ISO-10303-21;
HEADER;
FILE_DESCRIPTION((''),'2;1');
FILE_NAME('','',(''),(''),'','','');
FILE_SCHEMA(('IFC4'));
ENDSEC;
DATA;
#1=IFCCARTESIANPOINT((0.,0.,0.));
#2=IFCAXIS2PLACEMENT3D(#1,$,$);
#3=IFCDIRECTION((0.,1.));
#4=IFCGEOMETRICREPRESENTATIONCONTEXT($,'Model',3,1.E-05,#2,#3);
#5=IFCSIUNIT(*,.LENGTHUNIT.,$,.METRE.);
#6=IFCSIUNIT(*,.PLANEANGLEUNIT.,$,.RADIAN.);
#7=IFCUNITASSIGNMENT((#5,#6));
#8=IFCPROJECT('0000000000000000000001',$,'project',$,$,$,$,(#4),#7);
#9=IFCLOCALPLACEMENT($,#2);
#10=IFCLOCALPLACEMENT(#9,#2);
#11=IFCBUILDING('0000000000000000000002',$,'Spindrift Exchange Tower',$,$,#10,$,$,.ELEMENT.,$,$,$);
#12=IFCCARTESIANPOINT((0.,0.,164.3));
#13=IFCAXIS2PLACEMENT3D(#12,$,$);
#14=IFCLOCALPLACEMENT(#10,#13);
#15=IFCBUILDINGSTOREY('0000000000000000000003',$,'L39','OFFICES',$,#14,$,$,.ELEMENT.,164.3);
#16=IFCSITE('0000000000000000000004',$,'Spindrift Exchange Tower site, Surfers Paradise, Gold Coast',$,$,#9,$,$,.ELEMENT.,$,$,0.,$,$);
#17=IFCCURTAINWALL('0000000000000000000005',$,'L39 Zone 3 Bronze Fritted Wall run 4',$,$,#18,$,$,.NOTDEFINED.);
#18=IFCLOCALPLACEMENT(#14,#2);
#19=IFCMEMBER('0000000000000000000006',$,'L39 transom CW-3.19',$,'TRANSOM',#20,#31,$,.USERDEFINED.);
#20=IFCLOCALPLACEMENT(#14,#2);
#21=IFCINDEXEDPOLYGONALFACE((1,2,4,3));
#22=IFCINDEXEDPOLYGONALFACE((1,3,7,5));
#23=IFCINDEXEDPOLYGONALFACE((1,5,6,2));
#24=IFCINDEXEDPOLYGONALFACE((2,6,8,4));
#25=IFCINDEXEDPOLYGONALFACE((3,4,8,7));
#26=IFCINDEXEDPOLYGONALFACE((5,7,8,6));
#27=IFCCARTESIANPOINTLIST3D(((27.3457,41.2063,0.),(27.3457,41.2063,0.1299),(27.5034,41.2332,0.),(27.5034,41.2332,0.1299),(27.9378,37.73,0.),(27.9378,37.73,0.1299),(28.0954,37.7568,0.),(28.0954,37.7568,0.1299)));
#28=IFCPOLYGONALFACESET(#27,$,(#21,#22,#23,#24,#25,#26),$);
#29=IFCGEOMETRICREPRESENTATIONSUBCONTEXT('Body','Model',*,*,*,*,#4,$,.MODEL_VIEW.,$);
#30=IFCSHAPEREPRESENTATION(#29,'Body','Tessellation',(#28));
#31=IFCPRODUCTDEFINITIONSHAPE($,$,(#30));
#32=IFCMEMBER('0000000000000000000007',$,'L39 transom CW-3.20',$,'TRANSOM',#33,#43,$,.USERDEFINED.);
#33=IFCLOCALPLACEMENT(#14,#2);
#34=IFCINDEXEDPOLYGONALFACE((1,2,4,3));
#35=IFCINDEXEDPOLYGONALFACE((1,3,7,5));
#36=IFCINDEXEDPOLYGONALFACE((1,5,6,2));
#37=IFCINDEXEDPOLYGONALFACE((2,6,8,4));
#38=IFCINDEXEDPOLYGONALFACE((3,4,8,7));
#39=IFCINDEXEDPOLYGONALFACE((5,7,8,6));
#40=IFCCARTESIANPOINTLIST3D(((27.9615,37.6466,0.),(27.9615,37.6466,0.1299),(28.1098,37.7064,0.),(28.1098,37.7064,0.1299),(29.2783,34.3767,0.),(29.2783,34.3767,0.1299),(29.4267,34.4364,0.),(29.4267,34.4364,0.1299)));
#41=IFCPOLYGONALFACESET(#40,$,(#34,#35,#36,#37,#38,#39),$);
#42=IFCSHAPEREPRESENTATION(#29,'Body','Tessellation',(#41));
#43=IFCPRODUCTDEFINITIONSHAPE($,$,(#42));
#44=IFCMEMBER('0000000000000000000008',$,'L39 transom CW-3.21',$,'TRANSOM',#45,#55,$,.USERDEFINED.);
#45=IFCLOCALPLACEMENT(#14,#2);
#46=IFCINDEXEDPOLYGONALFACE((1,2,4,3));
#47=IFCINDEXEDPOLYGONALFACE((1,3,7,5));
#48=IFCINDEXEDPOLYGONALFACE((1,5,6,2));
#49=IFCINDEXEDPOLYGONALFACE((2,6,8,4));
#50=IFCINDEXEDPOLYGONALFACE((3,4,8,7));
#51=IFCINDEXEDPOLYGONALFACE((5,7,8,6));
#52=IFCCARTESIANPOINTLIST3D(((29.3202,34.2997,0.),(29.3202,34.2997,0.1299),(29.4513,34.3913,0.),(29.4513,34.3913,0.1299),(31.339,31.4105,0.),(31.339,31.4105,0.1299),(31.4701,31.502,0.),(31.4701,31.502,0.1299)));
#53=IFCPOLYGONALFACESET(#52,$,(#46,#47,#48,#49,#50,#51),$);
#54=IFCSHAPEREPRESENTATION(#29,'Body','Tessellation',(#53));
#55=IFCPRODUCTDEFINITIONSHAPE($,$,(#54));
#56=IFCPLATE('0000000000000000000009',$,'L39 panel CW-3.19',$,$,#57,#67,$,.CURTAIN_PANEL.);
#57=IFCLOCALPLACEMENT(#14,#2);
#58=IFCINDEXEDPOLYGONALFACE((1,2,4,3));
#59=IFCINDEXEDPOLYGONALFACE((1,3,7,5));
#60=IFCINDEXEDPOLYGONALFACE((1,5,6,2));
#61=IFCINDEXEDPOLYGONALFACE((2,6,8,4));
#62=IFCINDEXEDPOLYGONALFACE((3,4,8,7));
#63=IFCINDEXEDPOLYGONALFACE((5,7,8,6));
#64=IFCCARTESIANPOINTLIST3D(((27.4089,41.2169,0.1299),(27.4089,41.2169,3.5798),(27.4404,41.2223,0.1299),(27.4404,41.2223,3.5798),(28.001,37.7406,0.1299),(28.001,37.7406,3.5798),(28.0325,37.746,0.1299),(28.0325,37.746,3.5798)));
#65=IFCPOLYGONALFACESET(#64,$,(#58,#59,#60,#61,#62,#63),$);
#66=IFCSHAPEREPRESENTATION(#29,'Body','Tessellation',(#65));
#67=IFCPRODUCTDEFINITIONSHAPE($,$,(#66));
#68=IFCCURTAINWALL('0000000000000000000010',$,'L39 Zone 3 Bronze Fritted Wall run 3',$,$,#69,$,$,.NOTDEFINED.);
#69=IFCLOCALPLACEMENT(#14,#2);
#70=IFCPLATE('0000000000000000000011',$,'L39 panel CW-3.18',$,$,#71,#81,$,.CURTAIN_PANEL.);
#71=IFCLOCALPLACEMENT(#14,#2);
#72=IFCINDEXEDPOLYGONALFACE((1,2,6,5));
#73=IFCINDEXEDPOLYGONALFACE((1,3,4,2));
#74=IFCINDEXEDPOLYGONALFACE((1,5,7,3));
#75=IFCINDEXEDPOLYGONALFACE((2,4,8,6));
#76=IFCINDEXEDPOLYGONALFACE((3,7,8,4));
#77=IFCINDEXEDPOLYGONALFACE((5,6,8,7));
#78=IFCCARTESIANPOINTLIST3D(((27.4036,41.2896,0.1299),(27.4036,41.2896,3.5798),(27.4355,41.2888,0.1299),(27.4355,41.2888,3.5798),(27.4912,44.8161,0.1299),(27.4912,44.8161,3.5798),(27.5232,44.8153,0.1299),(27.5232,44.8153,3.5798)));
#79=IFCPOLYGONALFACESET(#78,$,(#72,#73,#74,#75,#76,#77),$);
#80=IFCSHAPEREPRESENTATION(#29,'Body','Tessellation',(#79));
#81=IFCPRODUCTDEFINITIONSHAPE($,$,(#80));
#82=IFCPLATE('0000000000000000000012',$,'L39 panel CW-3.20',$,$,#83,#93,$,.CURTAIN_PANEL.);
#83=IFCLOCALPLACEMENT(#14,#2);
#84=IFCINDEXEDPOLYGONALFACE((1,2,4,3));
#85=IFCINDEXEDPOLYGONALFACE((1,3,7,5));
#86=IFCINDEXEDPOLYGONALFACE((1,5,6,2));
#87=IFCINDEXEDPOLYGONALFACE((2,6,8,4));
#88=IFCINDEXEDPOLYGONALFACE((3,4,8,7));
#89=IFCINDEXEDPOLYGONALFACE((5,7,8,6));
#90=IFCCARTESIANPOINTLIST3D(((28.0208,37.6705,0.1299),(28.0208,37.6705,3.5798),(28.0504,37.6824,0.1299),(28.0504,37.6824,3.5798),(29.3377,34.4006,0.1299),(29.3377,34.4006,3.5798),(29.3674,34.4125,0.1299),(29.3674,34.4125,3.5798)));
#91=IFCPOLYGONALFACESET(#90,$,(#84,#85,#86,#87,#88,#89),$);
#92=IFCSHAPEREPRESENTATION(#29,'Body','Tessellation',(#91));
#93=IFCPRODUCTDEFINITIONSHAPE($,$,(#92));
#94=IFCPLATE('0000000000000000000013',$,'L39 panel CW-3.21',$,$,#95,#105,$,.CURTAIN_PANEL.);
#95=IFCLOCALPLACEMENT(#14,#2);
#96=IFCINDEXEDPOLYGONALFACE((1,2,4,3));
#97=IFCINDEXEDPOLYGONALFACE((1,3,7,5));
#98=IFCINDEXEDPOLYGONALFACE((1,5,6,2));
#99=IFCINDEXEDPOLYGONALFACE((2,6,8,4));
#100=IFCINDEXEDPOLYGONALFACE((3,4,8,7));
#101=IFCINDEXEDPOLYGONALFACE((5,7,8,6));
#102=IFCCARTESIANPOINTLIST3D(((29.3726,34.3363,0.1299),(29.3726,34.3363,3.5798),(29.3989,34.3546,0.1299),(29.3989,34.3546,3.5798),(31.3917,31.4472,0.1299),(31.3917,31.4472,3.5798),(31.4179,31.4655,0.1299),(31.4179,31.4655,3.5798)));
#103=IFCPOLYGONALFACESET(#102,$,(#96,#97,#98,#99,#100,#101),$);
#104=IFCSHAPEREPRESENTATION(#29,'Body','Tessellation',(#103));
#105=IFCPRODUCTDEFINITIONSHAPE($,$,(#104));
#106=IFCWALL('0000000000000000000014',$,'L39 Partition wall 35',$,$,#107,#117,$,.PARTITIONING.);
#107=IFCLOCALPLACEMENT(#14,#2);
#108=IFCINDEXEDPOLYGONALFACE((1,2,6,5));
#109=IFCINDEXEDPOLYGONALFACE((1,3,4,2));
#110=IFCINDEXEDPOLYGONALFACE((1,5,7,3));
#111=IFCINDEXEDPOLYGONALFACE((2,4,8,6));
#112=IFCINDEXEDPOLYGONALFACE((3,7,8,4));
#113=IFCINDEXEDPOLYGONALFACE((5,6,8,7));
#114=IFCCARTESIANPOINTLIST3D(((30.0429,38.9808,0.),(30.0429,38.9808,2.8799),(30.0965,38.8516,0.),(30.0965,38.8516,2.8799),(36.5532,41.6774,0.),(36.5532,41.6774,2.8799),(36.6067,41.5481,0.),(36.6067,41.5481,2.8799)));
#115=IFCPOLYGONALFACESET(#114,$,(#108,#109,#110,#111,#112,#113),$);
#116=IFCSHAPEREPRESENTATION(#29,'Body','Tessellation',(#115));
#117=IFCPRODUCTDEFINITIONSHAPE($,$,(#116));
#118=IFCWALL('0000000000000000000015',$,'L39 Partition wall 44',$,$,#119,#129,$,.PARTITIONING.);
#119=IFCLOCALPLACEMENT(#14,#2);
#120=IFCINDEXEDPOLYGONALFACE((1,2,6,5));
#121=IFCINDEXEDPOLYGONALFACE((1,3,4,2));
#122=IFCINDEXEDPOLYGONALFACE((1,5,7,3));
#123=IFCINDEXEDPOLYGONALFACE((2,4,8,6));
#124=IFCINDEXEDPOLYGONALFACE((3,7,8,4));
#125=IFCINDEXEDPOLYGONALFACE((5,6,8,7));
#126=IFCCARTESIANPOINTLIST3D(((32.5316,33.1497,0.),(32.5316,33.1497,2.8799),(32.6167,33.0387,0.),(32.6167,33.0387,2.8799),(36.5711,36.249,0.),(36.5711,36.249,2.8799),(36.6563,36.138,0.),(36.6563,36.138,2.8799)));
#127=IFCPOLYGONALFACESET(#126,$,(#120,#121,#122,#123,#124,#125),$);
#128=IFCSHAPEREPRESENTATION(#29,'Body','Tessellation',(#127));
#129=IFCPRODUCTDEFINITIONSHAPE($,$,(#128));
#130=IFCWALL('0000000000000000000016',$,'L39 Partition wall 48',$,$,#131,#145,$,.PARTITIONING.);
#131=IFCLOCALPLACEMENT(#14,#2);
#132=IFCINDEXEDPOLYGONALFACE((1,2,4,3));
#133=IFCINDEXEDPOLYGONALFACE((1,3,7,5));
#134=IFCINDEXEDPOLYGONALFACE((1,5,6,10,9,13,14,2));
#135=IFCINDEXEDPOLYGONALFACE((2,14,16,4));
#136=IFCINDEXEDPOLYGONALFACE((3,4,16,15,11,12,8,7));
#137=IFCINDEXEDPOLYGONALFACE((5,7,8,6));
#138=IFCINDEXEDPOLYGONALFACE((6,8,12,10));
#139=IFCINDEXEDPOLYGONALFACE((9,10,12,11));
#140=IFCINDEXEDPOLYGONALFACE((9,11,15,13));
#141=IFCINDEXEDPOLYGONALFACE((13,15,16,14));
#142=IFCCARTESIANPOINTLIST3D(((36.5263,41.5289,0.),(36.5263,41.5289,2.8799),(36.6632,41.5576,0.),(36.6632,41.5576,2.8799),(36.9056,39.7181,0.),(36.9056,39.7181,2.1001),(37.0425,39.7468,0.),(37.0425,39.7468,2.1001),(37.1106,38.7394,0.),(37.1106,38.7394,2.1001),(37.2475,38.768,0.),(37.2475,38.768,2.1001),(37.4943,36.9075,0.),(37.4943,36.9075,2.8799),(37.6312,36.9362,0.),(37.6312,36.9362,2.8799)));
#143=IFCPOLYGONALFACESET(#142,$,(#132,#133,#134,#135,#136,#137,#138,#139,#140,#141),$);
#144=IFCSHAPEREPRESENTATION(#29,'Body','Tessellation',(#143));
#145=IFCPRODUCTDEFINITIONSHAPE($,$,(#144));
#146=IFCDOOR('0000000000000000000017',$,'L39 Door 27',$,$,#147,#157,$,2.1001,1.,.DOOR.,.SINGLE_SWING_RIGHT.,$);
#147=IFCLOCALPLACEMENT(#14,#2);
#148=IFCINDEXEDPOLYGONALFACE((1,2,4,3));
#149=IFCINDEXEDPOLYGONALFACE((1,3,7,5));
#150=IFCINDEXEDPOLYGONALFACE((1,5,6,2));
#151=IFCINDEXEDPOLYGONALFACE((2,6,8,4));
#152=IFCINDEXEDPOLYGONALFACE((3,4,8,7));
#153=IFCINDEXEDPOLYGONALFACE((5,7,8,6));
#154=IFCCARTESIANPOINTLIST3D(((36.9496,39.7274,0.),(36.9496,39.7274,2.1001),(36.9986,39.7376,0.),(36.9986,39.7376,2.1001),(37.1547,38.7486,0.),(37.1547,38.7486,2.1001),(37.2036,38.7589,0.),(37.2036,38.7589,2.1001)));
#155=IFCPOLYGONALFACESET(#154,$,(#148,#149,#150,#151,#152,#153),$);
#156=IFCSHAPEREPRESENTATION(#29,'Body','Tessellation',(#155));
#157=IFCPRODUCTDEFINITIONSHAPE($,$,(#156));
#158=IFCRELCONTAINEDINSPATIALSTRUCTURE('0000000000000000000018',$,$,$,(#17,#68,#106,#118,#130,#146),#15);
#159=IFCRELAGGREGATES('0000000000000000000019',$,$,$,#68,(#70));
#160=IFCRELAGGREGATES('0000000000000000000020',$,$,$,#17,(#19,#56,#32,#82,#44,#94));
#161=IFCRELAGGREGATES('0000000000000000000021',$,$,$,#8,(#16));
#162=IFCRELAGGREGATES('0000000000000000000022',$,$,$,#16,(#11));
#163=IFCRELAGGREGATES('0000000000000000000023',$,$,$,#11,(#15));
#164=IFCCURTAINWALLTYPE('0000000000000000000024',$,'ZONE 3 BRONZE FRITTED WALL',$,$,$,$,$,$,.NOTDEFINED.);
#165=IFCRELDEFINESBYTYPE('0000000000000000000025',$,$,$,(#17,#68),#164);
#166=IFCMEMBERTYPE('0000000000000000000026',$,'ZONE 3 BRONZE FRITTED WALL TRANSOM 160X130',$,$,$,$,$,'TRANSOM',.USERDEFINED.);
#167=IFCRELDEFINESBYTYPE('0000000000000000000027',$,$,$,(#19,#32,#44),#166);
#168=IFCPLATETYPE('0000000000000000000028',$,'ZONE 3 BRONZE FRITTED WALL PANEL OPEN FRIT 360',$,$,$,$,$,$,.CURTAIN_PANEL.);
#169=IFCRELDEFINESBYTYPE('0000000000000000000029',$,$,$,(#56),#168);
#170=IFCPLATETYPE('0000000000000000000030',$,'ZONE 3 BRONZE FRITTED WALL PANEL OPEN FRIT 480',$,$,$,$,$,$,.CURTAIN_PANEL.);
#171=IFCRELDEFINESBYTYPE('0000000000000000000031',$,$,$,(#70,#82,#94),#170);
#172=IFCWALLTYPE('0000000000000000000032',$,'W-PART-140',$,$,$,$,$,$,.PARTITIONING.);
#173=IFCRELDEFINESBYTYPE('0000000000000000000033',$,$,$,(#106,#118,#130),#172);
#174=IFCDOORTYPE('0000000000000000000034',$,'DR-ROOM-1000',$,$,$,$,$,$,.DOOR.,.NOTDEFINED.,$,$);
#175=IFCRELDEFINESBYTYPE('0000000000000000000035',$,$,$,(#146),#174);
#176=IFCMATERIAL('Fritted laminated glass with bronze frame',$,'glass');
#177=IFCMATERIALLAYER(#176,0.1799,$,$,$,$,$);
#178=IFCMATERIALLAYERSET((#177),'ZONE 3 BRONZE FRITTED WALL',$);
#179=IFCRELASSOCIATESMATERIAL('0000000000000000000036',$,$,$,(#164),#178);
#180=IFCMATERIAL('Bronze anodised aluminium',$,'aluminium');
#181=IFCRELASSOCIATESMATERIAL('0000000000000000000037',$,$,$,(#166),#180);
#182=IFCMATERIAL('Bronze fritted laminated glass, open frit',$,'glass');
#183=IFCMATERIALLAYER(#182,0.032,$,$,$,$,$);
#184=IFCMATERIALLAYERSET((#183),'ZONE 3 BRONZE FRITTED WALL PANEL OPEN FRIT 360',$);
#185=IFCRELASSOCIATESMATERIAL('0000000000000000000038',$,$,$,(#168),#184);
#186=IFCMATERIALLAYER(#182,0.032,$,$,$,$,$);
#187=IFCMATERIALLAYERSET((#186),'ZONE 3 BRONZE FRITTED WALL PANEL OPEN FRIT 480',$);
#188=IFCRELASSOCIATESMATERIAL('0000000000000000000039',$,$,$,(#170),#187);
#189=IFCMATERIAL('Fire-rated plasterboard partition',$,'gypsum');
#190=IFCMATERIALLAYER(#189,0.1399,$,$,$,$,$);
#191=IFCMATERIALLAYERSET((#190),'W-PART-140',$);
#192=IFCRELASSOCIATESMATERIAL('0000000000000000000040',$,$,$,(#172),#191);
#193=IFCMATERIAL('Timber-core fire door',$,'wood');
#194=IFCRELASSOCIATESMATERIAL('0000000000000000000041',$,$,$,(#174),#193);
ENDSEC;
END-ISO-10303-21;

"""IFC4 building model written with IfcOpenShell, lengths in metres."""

from ifc_helpers import new_model, si_unit, direction, frame, frame_2d, origin, origin_2d, place, context, subcontext, project, spatial, rectangle, extrude, source, transform, mapped, material, layer, layer_set, material_profile, profile_set, type_object, element, fill, aggregate, save


model = new_model("IFC4")

# Units and contexts
model_context = context("Model", 3, precision=1e-05, world=origin(), true_north=direction((0.0, 1.0)))
body_context = subcontext(model_context, "Body", "Model", "MODEL_VIEW")
ifc_project = project(units=[si_unit("LENGTHUNIT", "METRE"), si_unit("PLANEANGLEUNIT", "RADIAN")], contexts=[model_context])

# Site, building, storey
site_placement = place(None, origin())
site = spatial("IfcSite", under=ifc_project, at=site_placement, Name="Spindrift Exchange Tower site, Surfers Paradise, Gold Coast", CompositionType="ELEMENT", RefElevation=0.0)
building_placement = place(site_placement, origin())
building = spatial("IfcBuilding", under=site, at=building_placement, Name="Spindrift Exchange Tower", CompositionType="ELEMENT")
storey_placement = place(building_placement, frame((0.0, 0.0, 164.3)))
storey = spatial("IfcBuildingStorey", under=building, at=storey_placement, Name="L39", Description="OFFICES", CompositionType="ELEMENT", Elevation=164.3)

# Curtain wall, members, plate
ifc_material_1 = material(Name="Fritted laminated glass with bronze frame", Category="glass")
ifc_layer_1 = layer(ifc_material_1, 0.1799)
ifc_layer_set_1 = layer_set([ifc_layer_1], Name="ZONE 3 BRONZE FRITTED WALL")
curtain_wall_type = type_object("IfcCurtainWallType", Name="ZONE 3 BRONZE FRITTED WALL", PredefinedType="NOTDEFINED", material=ifc_layer_set_1)
curtain_wall_1_placement = place(storey_placement, origin())
curtain_wall_1 = element("IfcCurtainWall", 1, at=curtain_wall_1_placement, inside=storey, type_object=curtain_wall_type, Name="L39 Zone 3 Bronze Fritted Wall run 4", PredefinedType="NOTDEFINED")
ifc_material_2 = material(Name="Bronze anodised aluminium", Category="aluminium")
ifc_material_profile_1 = material_profile(ifc_material_2, rectangle(XDim=0.1599, YDim=0.1299, at=origin_2d()), Name="ZONE 3 BRONZE FRITTED WALL TRANSOM 160X130")
ifc_profile_set_1 = profile_set([ifc_material_profile_1], Name="Bronze anodised aluminium")
member_type_1 = type_object("IfcMemberType", Name="ZONE 3 BRONZE FRITTED WALL TRANSOM 160X130", ElementType="TRANSOM", PredefinedType="USERDEFINED", material=ifc_profile_set_1)
shared_shape_1 = source(origin(), body_context, "Body", "SweptSolid", [
    extrude(rectangle(XDim=0.1599, YDim=0.1299, at=origin_2d()), origin(), (0.0, 0.0, 1.0), 3.5264),
])
member_1_placement = place(storey_placement, frame((27.4246, 41.2197, 0.0649), z_axis=(0.16789, -0.985806, 0.0), x_axis=(0.985806, 0.16789, 0.0)))
member_1 = element("IfcMember", 2, at=member_1_placement, type_object=member_type_1, Name="L39 transom CW-3.19", ObjectType="TRANSOM", PredefinedType="USERDEFINED", context=body_context, shape_type="MappedRepresentation", body=[
    mapped(shared_shape_1, transform((0.0, 0.0, 0.0), scale=1.0)),
])
shared_shape_2 = source(origin(), body_context, "Body", "SweptSolid", [
    extrude(rectangle(XDim=0.1599, YDim=0.1299, at=origin_2d()), origin(), (0.0, 0.0, 1.0), 3.5251),
])
member_2_placement = place(storey_placement, frame((28.0356, 37.6765, 0.0649), z_axis=(0.373563, -0.927605, 0.0), x_axis=(0.927605, 0.373563, 0.0)))
member_2 = element("IfcMember", 3, at=member_2_placement, type_object=member_type_1, Name="L39 transom CW-3.20", ObjectType="TRANSOM", PredefinedType="USERDEFINED", context=body_context, shape_type="MappedRepresentation", body=[
    mapped(shared_shape_2, transform((0.0, 0.0, 0.0), scale=1.0)),
])
shared_shape_3 = source(origin(), body_context, "Body", "SweptSolid", [
    extrude(rectangle(XDim=0.1599, YDim=0.1299, at=origin_2d()), origin(), (0.0, 0.0, 1.0), 3.5247),
])
member_3_placement = place(storey_placement, frame((29.3857, 34.3455, 0.0649), z_axis=(0.572774, -0.819713, 0.0), x_axis=(0.819713, 0.572774, 0.0)))
member_3 = element("IfcMember", 4, at=member_3_placement, type_object=member_type_1, Name="L39 transom CW-3.21", ObjectType="TRANSOM", PredefinedType="USERDEFINED", context=body_context, shape_type="MappedRepresentation", body=[
    mapped(shared_shape_3, transform((0.0, 0.0, 0.0), scale=1.0)),
])
ifc_material_3 = material(Name="Bronze fritted laminated glass, open frit", Category="glass")
ifc_layer_2 = layer(ifc_material_3, 0.032)
ifc_layer_set_2 = layer_set([ifc_layer_2], Name="ZONE 3 BRONZE FRITTED WALL PANEL OPEN FRIT 360")
plate_type_1 = type_object("IfcPlateType", Name="ZONE 3 BRONZE FRITTED WALL PANEL OPEN FRIT 360", PredefinedType="CURTAIN_PANEL", material=ifc_layer_set_2)
shared_shape_4 = source(origin(), body_context, "Body", "SweptSolid", [
    extrude(rectangle(XDim=3.5264, YDim=0.032, at=origin_2d()), origin(), (0.0, 0.0, 1.0), 3.45),
])
plate_1_placement = place(storey_placement, frame((27.7207, 39.4814, 0.1299), z_axis=(0.0, 0.0, 1.0), x_axis=(0.167892, -0.985805, 0.0)))
plate_1 = element("IfcPlate", 5, at=plate_1_placement, type_object=plate_type_1, Name="L39 panel CW-3.19", PredefinedType="CURTAIN_PANEL", context=body_context, shape_type="MappedRepresentation", body=[
    mapped(shared_shape_4, transform((0.0, 0.0, 0.0), scale=1.0)),
])

# Curtain wall, plate
curtain_wall_2_placement = place(storey_placement, origin())
curtain_wall_2 = element("IfcCurtainWall", 6, at=curtain_wall_2_placement, inside=storey, type_object=curtain_wall_type, Name="L39 Zone 3 Bronze Fritted Wall run 3", PredefinedType="NOTDEFINED")
ifc_layer_3 = layer(ifc_material_3, 0.032)
ifc_layer_set_3 = layer_set([ifc_layer_3], Name="ZONE 3 BRONZE FRITTED WALL PANEL OPEN FRIT 480")
plate_type_2 = type_object("IfcPlateType", Name="ZONE 3 BRONZE FRITTED WALL PANEL OPEN FRIT 480", PredefinedType="CURTAIN_PANEL", material=ifc_layer_set_3)
shared_shape_5 = source(origin(), body_context, "Body", "SweptSolid", [
    extrude(rectangle(XDim=3.5276, YDim=0.032, at=origin_2d()), origin(), (0.0, 0.0, 1.0), 3.45),
])
plate_2_placement = place(storey_placement, frame((27.4634, 43.0525, 0.1299), z_axis=(0.0, 0.0, 1.0), x_axis=(-0.024851, -0.999691, 0.0)))
plate_2 = element("IfcPlate", 7, at=plate_2_placement, type_object=plate_type_2, Name="L39 panel CW-3.18", PredefinedType="CURTAIN_PANEL", context=body_context, shape_type="MappedRepresentation", body=[
    mapped(shared_shape_5, transform((0.0, 0.0, 0.0), scale=1.0)),
])
aggregate(curtain_wall_2, [plate_2])

# Plates
shared_shape_6 = source(origin(), body_context, "Body", "SweptSolid", [
    extrude(rectangle(XDim=3.5251, YDim=0.032, at=origin_2d()), origin(), (0.0, 0.0, 1.0), 3.45),
])
plate_3_placement = place(storey_placement, frame((28.6941, 36.0415, 0.1299), z_axis=(0.0, 0.0, 1.0), x_axis=(0.37359, -0.927594, 0.0)))
plate_3 = element("IfcPlate", 8, at=plate_3_placement, type_object=plate_type_2, Name="L39 panel CW-3.20", PredefinedType="CURTAIN_PANEL", context=body_context, shape_type="MappedRepresentation", body=[
    mapped(shared_shape_6, transform((0.0, 0.0, 0.0), scale=1.0)),
])
shared_shape_7 = source(origin(), body_context, "Body", "SweptSolid", [
    extrude(rectangle(XDim=3.5247, YDim=0.032, at=origin_2d()), origin(), (0.0, 0.0, 1.0), 3.45),
])
plate_4_placement = place(storey_placement, frame((30.3953, 32.9009, 0.1299), z_axis=(0.0, 0.0, 1.0), x_axis=(0.572831, -0.819673, 0.0)))
plate_4 = element("IfcPlate", 9, at=plate_4_placement, type_object=plate_type_2, Name="L39 panel CW-3.21", PredefinedType="CURTAIN_PANEL", context=body_context, shape_type="MappedRepresentation", body=[
    mapped(shared_shape_7, transform((0.0, 0.0, 0.0), scale=1.0)),
])
aggregate(curtain_wall_1, [member_1, plate_1, member_2, plate_3, member_3, plate_4])

# Walls
ifc_material_4 = material(Name="Fire-rated plasterboard partition", Category="gypsum")
ifc_layer_4 = layer(ifc_material_4, 0.1399)
ifc_layer_set_4 = layer_set([ifc_layer_4], Name="W-PART-140")
wall_type = type_object("IfcWallType", Name="W-PART-140", PredefinedType="PARTITIONING", material=ifc_layer_set_4)
wall_1_placement = place(storey_placement, frame((36.5801, 41.6128, 0.0), z_axis=(0.0, 0.0, 1.0), x_axis=(-0.923885, -0.382671, 0.0)))
element("IfcWall", 10, at=wall_1_placement, inside=storey, type_object=wall_type, Name="L39 Partition wall 35", PredefinedType="PARTITIONING", context=body_context, shape_type="SweptSolid", body=[
    extrude(rectangle(XDim=7.0466, YDim=0.1399, at=frame_2d((3.5234, 0.0))), origin(), (0.0, 0.0, 1.0), 2.8799),
])
wall_2_placement = place(storey_placement, frame((36.6138, 36.1936, 0.0), z_axis=(0.0, 0.0, 1.0), x_axis=(-0.793381, -0.608725, 0.0)))
element("IfcWall", 11, at=wall_2_placement, inside=storey, type_object=wall_type, Name="L39 Partition wall 44", PredefinedType="PARTITIONING", context=body_context, shape_type="SweptSolid", body=[
    extrude(rectangle(XDim=5.0916, YDim=0.1399, at=frame_2d((2.5459, 0.0))), origin(), (0.0, 0.0, 1.0), 2.8799),
])

# Wall, opening, door
wall_3_placement = place(storey_placement, frame((37.5627, 36.9219, 0.0), z_axis=(0.0, 0.0, 1.0), x_axis=(-0.205018, 0.978758, 0.0)))
wall_3 = element("IfcWall", 12, at=wall_3_placement, inside=storey, type_object=wall_type, Name="L39 Partition wall 48", PredefinedType="PARTITIONING", context=body_context, shape_type="SweptSolid", body=[
    extrude(rectangle(XDim=4.7217, YDim=0.1399, at=frame_2d((2.3608, 0.0))), origin(), (0.0, 0.0, 1.0), 2.8799),
])
opening_1_placement = place(wall_3_placement, frame((1.8716, 0.0, 0.0)))
opening_1 = element("IfcOpeningElement", 13, at=opening_1_placement, cuts=wall_3, PredefinedType="OPENING", context=body_context, shape_type="SweptSolid", body=[
    extrude(rectangle(XDim=1.0, YDim=2.1001, at=frame_2d((0.5, 1.05))), frame((0.0, 0.0798, 0.0), z_axis=(0.0, -1.0, 0.0), x_axis=(1.0, 0.0, 0.0)), (0.0, 0.0, 1.0), 0.1599),
])
ifc_material_5 = material(Name="Timber-core fire door", Category="wood")
door_type = type_object("IfcDoorType", Name="DR-ROOM-1000", OperationType="NOTDEFINED", PredefinedType="DOOR", material=ifc_material_5)
shared_shape_8 = source(origin(), body_context, "Body", "SweptSolid", [
    extrude(rectangle(XDim=1.0, YDim=2.1001, at=frame_2d((0.5, 1.05))), frame((0.0, 0.0249, 0.0), z_axis=(0.0, -1.0, 0.0), x_axis=(1.0, 0.0, 0.0)), (0.0, 0.0, 1.0), 0.05),
])
door_1_placement = place(opening_1_placement, origin())
door_1 = element("IfcDoor", 14, at=door_1_placement, inside=storey, type_object=door_type, Name="L39 Door 27", OperationType="SINGLE_SWING_RIGHT", OverallHeight=2.1001, OverallWidth=1.0, PredefinedType="DOOR", context=body_context, shape_type="MappedRepresentation", body=[
    mapped(shared_shape_8, transform((0.0, 0.0, 0.0), scale=1.0)),
])
fill(opening_1, door_1)

save(model, "model.ifc")
